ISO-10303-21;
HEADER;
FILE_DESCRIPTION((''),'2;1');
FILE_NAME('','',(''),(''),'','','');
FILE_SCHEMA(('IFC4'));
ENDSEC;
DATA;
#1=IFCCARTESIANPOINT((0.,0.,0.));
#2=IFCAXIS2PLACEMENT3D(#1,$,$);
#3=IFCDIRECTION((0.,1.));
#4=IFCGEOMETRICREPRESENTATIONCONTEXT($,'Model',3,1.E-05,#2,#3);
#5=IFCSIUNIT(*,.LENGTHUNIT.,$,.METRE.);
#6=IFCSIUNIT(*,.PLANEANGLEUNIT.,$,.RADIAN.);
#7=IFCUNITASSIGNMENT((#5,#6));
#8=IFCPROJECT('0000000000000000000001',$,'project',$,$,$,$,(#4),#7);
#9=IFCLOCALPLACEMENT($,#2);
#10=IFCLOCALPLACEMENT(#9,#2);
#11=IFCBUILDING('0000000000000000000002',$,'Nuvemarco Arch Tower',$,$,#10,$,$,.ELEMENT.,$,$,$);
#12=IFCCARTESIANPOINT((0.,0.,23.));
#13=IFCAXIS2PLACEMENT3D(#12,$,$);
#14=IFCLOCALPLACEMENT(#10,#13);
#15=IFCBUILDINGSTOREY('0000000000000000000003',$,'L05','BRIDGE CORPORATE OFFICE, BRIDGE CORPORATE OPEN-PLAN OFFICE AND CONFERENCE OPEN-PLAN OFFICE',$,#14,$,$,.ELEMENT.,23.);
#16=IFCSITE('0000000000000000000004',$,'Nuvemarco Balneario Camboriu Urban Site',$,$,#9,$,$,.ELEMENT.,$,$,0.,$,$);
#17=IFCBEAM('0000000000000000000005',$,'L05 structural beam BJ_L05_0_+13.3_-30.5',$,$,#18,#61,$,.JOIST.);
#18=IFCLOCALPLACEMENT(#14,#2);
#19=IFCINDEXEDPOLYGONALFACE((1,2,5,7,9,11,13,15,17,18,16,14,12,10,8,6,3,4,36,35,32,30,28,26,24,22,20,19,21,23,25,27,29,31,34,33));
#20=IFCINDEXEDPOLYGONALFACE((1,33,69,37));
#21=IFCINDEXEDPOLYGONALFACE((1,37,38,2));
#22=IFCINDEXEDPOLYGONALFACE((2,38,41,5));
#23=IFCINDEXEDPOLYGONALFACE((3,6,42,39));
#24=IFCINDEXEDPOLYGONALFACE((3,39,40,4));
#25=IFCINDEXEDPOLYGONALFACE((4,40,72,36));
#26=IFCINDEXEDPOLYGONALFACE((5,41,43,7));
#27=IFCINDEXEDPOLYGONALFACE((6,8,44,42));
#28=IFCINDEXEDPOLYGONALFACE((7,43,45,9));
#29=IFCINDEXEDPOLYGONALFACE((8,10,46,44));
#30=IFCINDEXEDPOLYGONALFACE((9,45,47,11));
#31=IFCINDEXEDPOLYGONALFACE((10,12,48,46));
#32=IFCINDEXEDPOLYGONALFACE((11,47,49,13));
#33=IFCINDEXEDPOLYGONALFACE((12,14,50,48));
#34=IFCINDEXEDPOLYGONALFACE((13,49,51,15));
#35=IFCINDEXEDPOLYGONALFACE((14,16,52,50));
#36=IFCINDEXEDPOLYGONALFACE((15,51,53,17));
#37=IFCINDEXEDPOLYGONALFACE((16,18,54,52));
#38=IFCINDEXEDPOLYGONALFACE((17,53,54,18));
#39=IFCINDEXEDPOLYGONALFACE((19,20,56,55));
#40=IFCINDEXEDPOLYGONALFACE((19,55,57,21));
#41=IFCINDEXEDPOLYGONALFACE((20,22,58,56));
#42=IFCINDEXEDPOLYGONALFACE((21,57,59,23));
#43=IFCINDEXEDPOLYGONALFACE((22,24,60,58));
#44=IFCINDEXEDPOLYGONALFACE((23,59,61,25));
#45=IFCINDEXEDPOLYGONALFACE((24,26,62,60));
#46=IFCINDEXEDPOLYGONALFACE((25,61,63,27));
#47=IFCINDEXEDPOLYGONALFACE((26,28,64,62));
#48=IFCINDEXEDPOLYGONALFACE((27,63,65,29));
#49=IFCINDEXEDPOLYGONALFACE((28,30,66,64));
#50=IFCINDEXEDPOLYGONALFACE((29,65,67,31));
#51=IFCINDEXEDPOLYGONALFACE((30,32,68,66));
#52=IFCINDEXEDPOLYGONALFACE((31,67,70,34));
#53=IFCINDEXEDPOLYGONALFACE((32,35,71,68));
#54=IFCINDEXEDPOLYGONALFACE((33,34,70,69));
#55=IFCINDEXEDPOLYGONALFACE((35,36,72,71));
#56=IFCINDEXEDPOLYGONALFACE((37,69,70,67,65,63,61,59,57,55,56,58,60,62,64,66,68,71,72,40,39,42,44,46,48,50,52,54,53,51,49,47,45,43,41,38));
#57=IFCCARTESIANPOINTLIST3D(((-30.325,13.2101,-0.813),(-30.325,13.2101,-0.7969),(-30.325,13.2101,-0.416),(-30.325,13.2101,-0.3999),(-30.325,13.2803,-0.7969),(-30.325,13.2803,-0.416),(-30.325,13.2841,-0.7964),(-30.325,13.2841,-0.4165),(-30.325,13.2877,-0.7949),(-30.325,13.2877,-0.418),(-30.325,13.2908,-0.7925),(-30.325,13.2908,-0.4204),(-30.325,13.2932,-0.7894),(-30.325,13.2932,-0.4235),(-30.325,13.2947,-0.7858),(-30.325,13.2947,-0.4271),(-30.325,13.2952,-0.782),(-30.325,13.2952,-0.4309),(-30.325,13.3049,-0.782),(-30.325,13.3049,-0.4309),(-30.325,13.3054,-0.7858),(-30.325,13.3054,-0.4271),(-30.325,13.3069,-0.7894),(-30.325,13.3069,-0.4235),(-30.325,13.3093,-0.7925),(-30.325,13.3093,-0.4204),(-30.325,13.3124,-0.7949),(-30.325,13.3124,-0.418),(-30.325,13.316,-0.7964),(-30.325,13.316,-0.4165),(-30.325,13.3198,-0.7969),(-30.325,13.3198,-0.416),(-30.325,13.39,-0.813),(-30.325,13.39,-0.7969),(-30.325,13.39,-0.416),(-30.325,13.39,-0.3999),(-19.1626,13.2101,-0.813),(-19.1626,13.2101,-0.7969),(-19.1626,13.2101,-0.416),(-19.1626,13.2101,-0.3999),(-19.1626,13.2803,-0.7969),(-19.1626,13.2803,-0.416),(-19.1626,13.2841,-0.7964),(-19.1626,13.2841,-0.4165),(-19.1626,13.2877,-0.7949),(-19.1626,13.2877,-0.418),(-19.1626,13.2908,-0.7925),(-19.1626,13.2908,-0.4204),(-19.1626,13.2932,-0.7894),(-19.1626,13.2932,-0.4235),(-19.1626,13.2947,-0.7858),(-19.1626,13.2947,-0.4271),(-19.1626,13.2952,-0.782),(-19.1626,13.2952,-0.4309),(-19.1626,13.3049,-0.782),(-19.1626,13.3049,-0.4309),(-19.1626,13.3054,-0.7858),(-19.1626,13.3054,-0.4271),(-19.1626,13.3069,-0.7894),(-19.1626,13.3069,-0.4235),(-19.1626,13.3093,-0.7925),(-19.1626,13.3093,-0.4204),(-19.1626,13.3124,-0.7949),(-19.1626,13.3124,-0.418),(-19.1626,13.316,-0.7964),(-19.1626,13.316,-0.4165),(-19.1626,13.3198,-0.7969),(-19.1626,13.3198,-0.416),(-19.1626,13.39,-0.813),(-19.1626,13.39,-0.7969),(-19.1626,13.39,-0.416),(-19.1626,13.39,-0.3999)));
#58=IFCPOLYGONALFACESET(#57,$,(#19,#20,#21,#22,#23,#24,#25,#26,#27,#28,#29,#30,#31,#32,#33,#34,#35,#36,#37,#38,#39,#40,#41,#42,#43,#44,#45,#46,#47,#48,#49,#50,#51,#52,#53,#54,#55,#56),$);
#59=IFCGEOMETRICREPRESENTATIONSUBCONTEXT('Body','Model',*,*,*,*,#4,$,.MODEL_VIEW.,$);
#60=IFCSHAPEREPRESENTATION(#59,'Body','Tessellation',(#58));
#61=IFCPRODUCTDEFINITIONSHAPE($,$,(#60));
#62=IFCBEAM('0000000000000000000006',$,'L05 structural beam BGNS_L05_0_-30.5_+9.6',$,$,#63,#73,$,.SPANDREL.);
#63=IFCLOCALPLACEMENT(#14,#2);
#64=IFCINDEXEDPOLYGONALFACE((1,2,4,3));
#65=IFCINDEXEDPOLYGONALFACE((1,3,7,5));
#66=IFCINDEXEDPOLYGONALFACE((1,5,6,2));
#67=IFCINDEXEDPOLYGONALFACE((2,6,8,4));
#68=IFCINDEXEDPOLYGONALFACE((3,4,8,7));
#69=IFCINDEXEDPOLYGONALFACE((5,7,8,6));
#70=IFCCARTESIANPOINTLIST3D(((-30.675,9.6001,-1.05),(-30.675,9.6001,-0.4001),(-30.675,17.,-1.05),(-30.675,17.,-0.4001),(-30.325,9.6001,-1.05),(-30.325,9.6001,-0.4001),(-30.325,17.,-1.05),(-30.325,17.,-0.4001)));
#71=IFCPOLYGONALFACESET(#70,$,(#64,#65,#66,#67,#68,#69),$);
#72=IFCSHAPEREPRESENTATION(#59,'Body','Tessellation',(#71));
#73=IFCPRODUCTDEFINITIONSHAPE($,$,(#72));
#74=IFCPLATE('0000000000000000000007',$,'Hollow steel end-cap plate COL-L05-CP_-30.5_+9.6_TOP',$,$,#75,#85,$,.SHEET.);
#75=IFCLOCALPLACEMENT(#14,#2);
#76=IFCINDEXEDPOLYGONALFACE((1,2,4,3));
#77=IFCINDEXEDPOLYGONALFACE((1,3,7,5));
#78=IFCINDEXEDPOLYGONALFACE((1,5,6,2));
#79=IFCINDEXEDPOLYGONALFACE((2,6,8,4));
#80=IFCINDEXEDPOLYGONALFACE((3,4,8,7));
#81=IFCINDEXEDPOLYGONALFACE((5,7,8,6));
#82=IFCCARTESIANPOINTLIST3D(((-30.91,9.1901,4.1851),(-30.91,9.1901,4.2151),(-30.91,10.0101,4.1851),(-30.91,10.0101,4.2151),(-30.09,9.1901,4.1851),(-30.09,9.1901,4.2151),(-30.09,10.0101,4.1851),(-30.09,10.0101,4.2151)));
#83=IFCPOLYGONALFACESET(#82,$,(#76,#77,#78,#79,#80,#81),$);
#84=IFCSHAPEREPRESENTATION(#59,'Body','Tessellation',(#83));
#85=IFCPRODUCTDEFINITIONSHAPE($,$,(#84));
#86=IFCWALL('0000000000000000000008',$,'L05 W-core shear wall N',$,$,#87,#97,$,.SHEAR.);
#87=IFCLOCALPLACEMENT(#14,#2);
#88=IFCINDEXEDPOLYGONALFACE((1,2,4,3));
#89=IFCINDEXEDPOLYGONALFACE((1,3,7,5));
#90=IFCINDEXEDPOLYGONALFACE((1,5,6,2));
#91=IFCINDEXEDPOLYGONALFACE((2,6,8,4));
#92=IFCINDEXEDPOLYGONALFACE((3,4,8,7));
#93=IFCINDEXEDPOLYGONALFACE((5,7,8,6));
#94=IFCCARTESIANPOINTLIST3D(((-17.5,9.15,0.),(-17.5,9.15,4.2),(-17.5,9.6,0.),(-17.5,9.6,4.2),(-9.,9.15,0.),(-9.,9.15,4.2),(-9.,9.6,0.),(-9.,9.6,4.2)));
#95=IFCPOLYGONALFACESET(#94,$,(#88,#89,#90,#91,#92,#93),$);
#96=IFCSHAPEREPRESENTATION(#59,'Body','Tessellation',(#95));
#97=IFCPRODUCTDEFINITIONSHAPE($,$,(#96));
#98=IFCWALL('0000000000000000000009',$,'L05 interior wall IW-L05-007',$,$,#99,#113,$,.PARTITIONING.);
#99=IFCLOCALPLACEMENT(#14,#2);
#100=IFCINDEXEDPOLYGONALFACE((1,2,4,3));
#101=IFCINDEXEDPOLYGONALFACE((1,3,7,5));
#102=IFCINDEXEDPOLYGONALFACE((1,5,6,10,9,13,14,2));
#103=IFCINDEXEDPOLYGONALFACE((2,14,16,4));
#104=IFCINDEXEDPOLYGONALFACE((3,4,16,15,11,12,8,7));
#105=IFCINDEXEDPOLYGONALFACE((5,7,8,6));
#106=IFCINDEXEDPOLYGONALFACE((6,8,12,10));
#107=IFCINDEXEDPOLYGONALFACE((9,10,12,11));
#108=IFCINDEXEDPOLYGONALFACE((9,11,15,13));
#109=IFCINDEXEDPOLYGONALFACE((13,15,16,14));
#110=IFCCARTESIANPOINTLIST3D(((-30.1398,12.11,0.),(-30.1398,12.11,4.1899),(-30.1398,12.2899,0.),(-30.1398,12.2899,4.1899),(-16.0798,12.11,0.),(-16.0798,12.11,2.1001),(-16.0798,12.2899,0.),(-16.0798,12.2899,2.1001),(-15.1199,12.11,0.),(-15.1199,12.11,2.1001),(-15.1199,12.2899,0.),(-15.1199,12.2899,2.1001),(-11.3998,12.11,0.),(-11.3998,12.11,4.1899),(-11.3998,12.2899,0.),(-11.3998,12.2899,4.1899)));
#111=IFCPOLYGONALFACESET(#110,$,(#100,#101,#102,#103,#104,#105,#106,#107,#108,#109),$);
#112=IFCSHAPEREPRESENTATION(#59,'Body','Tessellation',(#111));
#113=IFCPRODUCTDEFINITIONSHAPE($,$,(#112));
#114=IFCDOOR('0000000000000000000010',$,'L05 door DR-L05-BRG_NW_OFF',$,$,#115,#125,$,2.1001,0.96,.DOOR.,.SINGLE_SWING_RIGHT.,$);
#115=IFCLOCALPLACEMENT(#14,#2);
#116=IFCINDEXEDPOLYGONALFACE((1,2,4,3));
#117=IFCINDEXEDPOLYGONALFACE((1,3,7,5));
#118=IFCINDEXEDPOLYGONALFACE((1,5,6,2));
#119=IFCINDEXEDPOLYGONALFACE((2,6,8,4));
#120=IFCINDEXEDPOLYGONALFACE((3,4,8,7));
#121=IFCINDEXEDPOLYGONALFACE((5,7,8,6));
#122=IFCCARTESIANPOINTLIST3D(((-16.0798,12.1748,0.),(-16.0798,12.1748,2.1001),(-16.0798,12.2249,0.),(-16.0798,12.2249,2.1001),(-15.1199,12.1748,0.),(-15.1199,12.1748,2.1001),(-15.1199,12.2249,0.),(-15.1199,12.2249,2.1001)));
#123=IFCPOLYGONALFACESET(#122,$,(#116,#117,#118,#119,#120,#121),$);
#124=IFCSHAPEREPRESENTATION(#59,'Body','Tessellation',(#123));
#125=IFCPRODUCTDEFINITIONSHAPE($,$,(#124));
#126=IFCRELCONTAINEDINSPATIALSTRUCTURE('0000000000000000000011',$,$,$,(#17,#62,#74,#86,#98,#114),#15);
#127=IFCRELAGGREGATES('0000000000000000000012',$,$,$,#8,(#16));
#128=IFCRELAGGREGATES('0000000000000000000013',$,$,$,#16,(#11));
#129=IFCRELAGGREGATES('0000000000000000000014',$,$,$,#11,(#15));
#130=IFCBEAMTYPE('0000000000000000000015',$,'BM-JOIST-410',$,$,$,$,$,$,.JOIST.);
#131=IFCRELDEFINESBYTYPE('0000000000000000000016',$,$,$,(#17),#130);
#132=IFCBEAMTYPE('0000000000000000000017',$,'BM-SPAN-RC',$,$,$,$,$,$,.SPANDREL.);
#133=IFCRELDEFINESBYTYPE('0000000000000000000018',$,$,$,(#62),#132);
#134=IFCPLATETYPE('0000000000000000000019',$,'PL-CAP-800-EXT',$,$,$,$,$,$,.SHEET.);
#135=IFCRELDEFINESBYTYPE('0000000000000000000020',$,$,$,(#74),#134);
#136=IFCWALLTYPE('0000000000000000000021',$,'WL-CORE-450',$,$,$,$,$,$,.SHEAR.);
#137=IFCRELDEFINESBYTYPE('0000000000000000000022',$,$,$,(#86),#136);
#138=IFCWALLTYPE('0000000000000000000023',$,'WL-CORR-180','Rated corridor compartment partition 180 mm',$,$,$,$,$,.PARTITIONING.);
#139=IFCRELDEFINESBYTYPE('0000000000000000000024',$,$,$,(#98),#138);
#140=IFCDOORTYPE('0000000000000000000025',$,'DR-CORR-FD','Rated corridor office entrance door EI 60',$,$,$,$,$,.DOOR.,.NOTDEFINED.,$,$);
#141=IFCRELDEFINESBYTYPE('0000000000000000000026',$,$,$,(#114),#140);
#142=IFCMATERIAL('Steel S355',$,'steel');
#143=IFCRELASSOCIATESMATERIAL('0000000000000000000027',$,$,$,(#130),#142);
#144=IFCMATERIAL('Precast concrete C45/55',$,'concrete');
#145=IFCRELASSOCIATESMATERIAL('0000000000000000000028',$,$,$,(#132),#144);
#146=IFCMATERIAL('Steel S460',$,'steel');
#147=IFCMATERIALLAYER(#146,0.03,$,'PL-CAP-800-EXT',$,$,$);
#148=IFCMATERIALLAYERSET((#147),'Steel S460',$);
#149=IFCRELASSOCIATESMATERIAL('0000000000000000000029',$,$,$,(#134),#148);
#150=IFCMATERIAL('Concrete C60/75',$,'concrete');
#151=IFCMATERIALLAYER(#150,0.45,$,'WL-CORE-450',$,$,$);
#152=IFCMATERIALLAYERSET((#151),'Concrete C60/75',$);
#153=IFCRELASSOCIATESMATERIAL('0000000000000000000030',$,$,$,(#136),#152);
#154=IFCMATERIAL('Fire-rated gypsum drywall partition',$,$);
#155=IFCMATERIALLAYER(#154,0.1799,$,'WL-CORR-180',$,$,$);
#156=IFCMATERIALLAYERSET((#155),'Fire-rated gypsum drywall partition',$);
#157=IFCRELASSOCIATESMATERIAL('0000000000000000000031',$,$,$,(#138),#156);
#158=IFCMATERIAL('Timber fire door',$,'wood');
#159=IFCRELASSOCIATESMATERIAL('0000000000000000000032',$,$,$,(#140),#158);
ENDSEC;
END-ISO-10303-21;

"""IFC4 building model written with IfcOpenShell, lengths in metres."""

from ifc_helpers import new_model, si_unit, direction, frame, frame_2d, origin, origin_2d, place, context, subcontext, project, spatial, rectangle, i_section, extrude, source, transform, mapped, material, layer, layer_set, material_profile, profile_set, type_object, type_shapes, element, fill, save


model = new_model("IFC4")

# Units and contexts
model_context = context("Model", 3, precision=1e-05, world=origin(), true_north=direction((0.0, 1.0)))
body_context = subcontext(model_context, "Body", "Model", "MODEL_VIEW")
ifc_project = project(units=[si_unit("LENGTHUNIT", "METRE"), si_unit("PLANEANGLEUNIT", "RADIAN")], contexts=[model_context])

# Site, building, storey
site_placement = place(None, origin())
site = spatial("IfcSite", under=ifc_project, at=site_placement, Name="Nuvemarco Balneario Camboriu Urban Site", CompositionType="ELEMENT", RefElevation=0.0)
building_placement = place(site_placement, origin())
building = spatial("IfcBuilding", under=site, at=building_placement, Name="Nuvemarco Arch Tower", CompositionType="ELEMENT")
storey_placement = place(building_placement, frame((0.0, 0.0, 23.0)))
storey = spatial("IfcBuildingStorey", under=building, at=storey_placement, Name="L05", Description="BRIDGE CORPORATE OFFICE, BRIDGE CORPORATE OPEN-PLAN OFFICE AND CONFERENCE OPEN-PLAN OFFICE", CompositionType="ELEMENT", Elevation=23.0)

# Shared definitions
ifc_material_1 = material(Name="Concrete C60/75", Category="concrete")
ifc_material_2 = material(Name="Steel S460", Category="steel")

# Beams
ifc_material_3 = material(Name="Steel S355", Category="steel")
ifc_material_profile_1 = material_profile(ifc_material_3, i_section(OverallWidth=0.1799, OverallDepth=0.4131, WebThickness=0.0098, FlangeThickness=0.0161, FilletRadius=0.0149, at=origin_2d()), Name="W410x75")
ifc_profile_set_1 = profile_set([ifc_material_profile_1], Name="Steel S355")
beam_type_1 = type_object("IfcBeamType", Name="BM-JOIST-410", PredefinedType="JOIST", material=ifc_profile_set_1)
beam_1_placement = place(storey_placement, frame((-30.325, 13.3, -0.6064), z_axis=(1.0, 0.0, 0.0), x_axis=(0.0, 1.0, 0.0)))
element("IfcBeam", 1, at=beam_1_placement, inside=storey, type_object=beam_type_1, Name="L05 structural beam BJ_L05_0_+13.3_-30.5", PredefinedType="JOIST", context=body_context, shape_type="SweptSolid", body=[
    extrude(i_section(OverallWidth=0.1799, OverallDepth=0.4131, WebThickness=0.0098, FlangeThickness=0.0161, FilletRadius=0.0149, at=origin_2d()), origin(), (0.0, 0.0, 1.0), 11.1624),
])
ifc_material_4 = material(Name="Precast concrete C45/55", Category="concrete")
ifc_material_profile_2 = material_profile(ifc_material_4, rectangle(XDim=0.3501, YDim=0.6499, at=origin_2d()), Name="PC-SP-350x650")
ifc_profile_set_2 = profile_set([ifc_material_profile_2], Name="Precast concrete C45/55")
beam_type_2 = type_object("IfcBeamType", Name="BM-SPAN-RC", PredefinedType="SPANDREL", material=ifc_profile_set_2)
beam_2_placement = place(storey_placement, frame((-30.5, 9.6001, -0.7251), z_axis=(0.0, 1.0, 0.0), x_axis=(-1.0, 0.0, 0.0)))
element("IfcBeam", 2, at=beam_2_placement, inside=storey, type_object=beam_type_2, Name="L05 structural beam BGNS_L05_0_-30.5_+9.6", PredefinedType="SPANDREL", context=body_context, shape_type="SweptSolid", body=[
    extrude(rectangle(XDim=0.3501, YDim=0.6499, at=origin_2d()), origin(), (0.0, 0.0, 1.0), 7.3999),
])

# Plate
ifc_layer_1 = layer(ifc_material_2, 0.03, Name="PL-CAP-800-EXT")
ifc_layer_set_1 = layer_set([ifc_layer_1], Name="Steel S460")
plate_type = type_object("IfcPlateType", Name="PL-CAP-800-EXT", PredefinedType="SHEET", material=ifc_layer_set_1)
shared_shape_1 = source(origin(), body_context, "Body", "SweptSolid", [
    extrude(rectangle(XDim=0.8201, YDim=0.8201, at=origin_2d()), origin(), (0.0, 0.0, 1.0), 0.03),
])
type_shapes(plate_type, [shared_shape_1])
plate_placement = place(storey_placement, frame((-30.5, 9.6001, 4.1851), z_axis=(0.0, 0.0, 1.0), x_axis=(1.0, 0.0, 0.0)))
element("IfcPlate", 3, at=plate_placement, inside=storey, type_object=plate_type, Name="Hollow steel end-cap plate COL-L05-CP_-30.5_+9.6_TOP", PredefinedType="SHEET", context=body_context, shape_type="MappedRepresentation", body=[
    mapped(shared_shape_1, transform((0.0, 0.0, 0.0), scale=1.0)),
])

# Wall
ifc_layer_2 = layer(ifc_material_1, 0.45, Name="WL-CORE-450")
ifc_layer_set_2 = layer_set([ifc_layer_2], Name="Concrete C60/75")
wall_type_1 = type_object("IfcWallType", Name="WL-CORE-450", PredefinedType="SHEAR", material=ifc_layer_set_2)
wall_1_placement = place(storey_placement, frame((-17.5, 9.375, 0.0), z_axis=(0.0, 0.0, 1.0), x_axis=(1.0, 0.0, 0.0)))
element("IfcWall", 4, at=wall_1_placement, inside=storey, type_object=wall_type_1, Name="L05 W-core shear wall N", PredefinedType="SHEAR", context=body_context, shape_type="SweptSolid", body=[
    extrude(rectangle(XDim=8.5, YDim=0.45, at=frame_2d((4.25, 0.0))), origin(), (0.0, 0.0, 1.0), 4.2),
])

# Wall, opening, door
ifc_material_5 = material(Name="Fire-rated gypsum drywall partition")
ifc_layer_3 = layer(ifc_material_5, 0.1799, Name="WL-CORR-180")
ifc_layer_set_3 = layer_set([ifc_layer_3], Name="Fire-rated gypsum drywall partition")
wall_type_2 = type_object("IfcWallType", Name="WL-CORR-180", Description="Rated corridor compartment partition 180 mm", PredefinedType="PARTITIONING", material=ifc_layer_set_3)
wall_2_placement = place(storey_placement, frame((-30.1399, 12.2, 0.0), z_axis=(0.0, 0.0, 1.0), x_axis=(1.0, 0.0, 0.0)))
wall_2 = element("IfcWall", 5, at=wall_2_placement, inside=storey, type_object=wall_type_2, Name="L05 interior wall IW-L05-007", PredefinedType="PARTITIONING", context=body_context, shape_type="SweptSolid", body=[
    extrude(rectangle(XDim=18.74, YDim=0.1799, at=frame_2d((9.3701, 0.0))), origin(), (0.0, 0.0, 1.0), 4.1899),
])
opening_placement = place(wall_2_placement, frame((14.0601, 0.0, 0.0)))
opening = element("IfcOpeningElement", 6, at=opening_placement, cuts=wall_2, PredefinedType="OPENING", context=body_context, shape_type="SweptSolid", body=[
    extrude(rectangle(XDim=0.96, YDim=2.1001, at=frame_2d((0.48, 1.05))), frame((0.0, 0.0999, 0.0), z_axis=(0.0, -1.0, 0.0), x_axis=(1.0, 0.0, 0.0)), (0.0, 0.0, 1.0), 0.2),
])
ifc_material_6 = material(Name="Timber fire door", Category="wood")
door_type = type_object("IfcDoorType", Name="DR-CORR-FD", Description="Rated corridor office entrance door EI 60", OperationType="NOTDEFINED", PredefinedType="DOOR", material=ifc_material_6)
shared_shape_2 = source(origin(), body_context, "Body", "SweptSolid", [
    extrude(rectangle(XDim=0.96, YDim=2.1001, at=frame_2d((0.48, 1.05))), frame((0.0, 0.0249, 0.0), z_axis=(0.0, -1.0, 0.0), x_axis=(1.0, 0.0, 0.0)), (0.0, 0.0, 1.0), 0.05),
])
type_shapes(door_type, [shared_shape_2])
door_placement = place(opening_placement, origin())
door = element("IfcDoor", 7, at=door_placement, inside=storey, type_object=door_type, Name="L05 door DR-L05-BRG_NW_OFF", OperationType="SINGLE_SWING_RIGHT", OverallHeight=2.1001, OverallWidth=0.96, PredefinedType="DOOR", context=body_context, shape_type="MappedRepresentation", body=[
    mapped(shared_shape_2, transform((0.0, 0.0, 0.0), scale=1.0)),
])
fill(opening, door)

save(model, "model.ifc")
